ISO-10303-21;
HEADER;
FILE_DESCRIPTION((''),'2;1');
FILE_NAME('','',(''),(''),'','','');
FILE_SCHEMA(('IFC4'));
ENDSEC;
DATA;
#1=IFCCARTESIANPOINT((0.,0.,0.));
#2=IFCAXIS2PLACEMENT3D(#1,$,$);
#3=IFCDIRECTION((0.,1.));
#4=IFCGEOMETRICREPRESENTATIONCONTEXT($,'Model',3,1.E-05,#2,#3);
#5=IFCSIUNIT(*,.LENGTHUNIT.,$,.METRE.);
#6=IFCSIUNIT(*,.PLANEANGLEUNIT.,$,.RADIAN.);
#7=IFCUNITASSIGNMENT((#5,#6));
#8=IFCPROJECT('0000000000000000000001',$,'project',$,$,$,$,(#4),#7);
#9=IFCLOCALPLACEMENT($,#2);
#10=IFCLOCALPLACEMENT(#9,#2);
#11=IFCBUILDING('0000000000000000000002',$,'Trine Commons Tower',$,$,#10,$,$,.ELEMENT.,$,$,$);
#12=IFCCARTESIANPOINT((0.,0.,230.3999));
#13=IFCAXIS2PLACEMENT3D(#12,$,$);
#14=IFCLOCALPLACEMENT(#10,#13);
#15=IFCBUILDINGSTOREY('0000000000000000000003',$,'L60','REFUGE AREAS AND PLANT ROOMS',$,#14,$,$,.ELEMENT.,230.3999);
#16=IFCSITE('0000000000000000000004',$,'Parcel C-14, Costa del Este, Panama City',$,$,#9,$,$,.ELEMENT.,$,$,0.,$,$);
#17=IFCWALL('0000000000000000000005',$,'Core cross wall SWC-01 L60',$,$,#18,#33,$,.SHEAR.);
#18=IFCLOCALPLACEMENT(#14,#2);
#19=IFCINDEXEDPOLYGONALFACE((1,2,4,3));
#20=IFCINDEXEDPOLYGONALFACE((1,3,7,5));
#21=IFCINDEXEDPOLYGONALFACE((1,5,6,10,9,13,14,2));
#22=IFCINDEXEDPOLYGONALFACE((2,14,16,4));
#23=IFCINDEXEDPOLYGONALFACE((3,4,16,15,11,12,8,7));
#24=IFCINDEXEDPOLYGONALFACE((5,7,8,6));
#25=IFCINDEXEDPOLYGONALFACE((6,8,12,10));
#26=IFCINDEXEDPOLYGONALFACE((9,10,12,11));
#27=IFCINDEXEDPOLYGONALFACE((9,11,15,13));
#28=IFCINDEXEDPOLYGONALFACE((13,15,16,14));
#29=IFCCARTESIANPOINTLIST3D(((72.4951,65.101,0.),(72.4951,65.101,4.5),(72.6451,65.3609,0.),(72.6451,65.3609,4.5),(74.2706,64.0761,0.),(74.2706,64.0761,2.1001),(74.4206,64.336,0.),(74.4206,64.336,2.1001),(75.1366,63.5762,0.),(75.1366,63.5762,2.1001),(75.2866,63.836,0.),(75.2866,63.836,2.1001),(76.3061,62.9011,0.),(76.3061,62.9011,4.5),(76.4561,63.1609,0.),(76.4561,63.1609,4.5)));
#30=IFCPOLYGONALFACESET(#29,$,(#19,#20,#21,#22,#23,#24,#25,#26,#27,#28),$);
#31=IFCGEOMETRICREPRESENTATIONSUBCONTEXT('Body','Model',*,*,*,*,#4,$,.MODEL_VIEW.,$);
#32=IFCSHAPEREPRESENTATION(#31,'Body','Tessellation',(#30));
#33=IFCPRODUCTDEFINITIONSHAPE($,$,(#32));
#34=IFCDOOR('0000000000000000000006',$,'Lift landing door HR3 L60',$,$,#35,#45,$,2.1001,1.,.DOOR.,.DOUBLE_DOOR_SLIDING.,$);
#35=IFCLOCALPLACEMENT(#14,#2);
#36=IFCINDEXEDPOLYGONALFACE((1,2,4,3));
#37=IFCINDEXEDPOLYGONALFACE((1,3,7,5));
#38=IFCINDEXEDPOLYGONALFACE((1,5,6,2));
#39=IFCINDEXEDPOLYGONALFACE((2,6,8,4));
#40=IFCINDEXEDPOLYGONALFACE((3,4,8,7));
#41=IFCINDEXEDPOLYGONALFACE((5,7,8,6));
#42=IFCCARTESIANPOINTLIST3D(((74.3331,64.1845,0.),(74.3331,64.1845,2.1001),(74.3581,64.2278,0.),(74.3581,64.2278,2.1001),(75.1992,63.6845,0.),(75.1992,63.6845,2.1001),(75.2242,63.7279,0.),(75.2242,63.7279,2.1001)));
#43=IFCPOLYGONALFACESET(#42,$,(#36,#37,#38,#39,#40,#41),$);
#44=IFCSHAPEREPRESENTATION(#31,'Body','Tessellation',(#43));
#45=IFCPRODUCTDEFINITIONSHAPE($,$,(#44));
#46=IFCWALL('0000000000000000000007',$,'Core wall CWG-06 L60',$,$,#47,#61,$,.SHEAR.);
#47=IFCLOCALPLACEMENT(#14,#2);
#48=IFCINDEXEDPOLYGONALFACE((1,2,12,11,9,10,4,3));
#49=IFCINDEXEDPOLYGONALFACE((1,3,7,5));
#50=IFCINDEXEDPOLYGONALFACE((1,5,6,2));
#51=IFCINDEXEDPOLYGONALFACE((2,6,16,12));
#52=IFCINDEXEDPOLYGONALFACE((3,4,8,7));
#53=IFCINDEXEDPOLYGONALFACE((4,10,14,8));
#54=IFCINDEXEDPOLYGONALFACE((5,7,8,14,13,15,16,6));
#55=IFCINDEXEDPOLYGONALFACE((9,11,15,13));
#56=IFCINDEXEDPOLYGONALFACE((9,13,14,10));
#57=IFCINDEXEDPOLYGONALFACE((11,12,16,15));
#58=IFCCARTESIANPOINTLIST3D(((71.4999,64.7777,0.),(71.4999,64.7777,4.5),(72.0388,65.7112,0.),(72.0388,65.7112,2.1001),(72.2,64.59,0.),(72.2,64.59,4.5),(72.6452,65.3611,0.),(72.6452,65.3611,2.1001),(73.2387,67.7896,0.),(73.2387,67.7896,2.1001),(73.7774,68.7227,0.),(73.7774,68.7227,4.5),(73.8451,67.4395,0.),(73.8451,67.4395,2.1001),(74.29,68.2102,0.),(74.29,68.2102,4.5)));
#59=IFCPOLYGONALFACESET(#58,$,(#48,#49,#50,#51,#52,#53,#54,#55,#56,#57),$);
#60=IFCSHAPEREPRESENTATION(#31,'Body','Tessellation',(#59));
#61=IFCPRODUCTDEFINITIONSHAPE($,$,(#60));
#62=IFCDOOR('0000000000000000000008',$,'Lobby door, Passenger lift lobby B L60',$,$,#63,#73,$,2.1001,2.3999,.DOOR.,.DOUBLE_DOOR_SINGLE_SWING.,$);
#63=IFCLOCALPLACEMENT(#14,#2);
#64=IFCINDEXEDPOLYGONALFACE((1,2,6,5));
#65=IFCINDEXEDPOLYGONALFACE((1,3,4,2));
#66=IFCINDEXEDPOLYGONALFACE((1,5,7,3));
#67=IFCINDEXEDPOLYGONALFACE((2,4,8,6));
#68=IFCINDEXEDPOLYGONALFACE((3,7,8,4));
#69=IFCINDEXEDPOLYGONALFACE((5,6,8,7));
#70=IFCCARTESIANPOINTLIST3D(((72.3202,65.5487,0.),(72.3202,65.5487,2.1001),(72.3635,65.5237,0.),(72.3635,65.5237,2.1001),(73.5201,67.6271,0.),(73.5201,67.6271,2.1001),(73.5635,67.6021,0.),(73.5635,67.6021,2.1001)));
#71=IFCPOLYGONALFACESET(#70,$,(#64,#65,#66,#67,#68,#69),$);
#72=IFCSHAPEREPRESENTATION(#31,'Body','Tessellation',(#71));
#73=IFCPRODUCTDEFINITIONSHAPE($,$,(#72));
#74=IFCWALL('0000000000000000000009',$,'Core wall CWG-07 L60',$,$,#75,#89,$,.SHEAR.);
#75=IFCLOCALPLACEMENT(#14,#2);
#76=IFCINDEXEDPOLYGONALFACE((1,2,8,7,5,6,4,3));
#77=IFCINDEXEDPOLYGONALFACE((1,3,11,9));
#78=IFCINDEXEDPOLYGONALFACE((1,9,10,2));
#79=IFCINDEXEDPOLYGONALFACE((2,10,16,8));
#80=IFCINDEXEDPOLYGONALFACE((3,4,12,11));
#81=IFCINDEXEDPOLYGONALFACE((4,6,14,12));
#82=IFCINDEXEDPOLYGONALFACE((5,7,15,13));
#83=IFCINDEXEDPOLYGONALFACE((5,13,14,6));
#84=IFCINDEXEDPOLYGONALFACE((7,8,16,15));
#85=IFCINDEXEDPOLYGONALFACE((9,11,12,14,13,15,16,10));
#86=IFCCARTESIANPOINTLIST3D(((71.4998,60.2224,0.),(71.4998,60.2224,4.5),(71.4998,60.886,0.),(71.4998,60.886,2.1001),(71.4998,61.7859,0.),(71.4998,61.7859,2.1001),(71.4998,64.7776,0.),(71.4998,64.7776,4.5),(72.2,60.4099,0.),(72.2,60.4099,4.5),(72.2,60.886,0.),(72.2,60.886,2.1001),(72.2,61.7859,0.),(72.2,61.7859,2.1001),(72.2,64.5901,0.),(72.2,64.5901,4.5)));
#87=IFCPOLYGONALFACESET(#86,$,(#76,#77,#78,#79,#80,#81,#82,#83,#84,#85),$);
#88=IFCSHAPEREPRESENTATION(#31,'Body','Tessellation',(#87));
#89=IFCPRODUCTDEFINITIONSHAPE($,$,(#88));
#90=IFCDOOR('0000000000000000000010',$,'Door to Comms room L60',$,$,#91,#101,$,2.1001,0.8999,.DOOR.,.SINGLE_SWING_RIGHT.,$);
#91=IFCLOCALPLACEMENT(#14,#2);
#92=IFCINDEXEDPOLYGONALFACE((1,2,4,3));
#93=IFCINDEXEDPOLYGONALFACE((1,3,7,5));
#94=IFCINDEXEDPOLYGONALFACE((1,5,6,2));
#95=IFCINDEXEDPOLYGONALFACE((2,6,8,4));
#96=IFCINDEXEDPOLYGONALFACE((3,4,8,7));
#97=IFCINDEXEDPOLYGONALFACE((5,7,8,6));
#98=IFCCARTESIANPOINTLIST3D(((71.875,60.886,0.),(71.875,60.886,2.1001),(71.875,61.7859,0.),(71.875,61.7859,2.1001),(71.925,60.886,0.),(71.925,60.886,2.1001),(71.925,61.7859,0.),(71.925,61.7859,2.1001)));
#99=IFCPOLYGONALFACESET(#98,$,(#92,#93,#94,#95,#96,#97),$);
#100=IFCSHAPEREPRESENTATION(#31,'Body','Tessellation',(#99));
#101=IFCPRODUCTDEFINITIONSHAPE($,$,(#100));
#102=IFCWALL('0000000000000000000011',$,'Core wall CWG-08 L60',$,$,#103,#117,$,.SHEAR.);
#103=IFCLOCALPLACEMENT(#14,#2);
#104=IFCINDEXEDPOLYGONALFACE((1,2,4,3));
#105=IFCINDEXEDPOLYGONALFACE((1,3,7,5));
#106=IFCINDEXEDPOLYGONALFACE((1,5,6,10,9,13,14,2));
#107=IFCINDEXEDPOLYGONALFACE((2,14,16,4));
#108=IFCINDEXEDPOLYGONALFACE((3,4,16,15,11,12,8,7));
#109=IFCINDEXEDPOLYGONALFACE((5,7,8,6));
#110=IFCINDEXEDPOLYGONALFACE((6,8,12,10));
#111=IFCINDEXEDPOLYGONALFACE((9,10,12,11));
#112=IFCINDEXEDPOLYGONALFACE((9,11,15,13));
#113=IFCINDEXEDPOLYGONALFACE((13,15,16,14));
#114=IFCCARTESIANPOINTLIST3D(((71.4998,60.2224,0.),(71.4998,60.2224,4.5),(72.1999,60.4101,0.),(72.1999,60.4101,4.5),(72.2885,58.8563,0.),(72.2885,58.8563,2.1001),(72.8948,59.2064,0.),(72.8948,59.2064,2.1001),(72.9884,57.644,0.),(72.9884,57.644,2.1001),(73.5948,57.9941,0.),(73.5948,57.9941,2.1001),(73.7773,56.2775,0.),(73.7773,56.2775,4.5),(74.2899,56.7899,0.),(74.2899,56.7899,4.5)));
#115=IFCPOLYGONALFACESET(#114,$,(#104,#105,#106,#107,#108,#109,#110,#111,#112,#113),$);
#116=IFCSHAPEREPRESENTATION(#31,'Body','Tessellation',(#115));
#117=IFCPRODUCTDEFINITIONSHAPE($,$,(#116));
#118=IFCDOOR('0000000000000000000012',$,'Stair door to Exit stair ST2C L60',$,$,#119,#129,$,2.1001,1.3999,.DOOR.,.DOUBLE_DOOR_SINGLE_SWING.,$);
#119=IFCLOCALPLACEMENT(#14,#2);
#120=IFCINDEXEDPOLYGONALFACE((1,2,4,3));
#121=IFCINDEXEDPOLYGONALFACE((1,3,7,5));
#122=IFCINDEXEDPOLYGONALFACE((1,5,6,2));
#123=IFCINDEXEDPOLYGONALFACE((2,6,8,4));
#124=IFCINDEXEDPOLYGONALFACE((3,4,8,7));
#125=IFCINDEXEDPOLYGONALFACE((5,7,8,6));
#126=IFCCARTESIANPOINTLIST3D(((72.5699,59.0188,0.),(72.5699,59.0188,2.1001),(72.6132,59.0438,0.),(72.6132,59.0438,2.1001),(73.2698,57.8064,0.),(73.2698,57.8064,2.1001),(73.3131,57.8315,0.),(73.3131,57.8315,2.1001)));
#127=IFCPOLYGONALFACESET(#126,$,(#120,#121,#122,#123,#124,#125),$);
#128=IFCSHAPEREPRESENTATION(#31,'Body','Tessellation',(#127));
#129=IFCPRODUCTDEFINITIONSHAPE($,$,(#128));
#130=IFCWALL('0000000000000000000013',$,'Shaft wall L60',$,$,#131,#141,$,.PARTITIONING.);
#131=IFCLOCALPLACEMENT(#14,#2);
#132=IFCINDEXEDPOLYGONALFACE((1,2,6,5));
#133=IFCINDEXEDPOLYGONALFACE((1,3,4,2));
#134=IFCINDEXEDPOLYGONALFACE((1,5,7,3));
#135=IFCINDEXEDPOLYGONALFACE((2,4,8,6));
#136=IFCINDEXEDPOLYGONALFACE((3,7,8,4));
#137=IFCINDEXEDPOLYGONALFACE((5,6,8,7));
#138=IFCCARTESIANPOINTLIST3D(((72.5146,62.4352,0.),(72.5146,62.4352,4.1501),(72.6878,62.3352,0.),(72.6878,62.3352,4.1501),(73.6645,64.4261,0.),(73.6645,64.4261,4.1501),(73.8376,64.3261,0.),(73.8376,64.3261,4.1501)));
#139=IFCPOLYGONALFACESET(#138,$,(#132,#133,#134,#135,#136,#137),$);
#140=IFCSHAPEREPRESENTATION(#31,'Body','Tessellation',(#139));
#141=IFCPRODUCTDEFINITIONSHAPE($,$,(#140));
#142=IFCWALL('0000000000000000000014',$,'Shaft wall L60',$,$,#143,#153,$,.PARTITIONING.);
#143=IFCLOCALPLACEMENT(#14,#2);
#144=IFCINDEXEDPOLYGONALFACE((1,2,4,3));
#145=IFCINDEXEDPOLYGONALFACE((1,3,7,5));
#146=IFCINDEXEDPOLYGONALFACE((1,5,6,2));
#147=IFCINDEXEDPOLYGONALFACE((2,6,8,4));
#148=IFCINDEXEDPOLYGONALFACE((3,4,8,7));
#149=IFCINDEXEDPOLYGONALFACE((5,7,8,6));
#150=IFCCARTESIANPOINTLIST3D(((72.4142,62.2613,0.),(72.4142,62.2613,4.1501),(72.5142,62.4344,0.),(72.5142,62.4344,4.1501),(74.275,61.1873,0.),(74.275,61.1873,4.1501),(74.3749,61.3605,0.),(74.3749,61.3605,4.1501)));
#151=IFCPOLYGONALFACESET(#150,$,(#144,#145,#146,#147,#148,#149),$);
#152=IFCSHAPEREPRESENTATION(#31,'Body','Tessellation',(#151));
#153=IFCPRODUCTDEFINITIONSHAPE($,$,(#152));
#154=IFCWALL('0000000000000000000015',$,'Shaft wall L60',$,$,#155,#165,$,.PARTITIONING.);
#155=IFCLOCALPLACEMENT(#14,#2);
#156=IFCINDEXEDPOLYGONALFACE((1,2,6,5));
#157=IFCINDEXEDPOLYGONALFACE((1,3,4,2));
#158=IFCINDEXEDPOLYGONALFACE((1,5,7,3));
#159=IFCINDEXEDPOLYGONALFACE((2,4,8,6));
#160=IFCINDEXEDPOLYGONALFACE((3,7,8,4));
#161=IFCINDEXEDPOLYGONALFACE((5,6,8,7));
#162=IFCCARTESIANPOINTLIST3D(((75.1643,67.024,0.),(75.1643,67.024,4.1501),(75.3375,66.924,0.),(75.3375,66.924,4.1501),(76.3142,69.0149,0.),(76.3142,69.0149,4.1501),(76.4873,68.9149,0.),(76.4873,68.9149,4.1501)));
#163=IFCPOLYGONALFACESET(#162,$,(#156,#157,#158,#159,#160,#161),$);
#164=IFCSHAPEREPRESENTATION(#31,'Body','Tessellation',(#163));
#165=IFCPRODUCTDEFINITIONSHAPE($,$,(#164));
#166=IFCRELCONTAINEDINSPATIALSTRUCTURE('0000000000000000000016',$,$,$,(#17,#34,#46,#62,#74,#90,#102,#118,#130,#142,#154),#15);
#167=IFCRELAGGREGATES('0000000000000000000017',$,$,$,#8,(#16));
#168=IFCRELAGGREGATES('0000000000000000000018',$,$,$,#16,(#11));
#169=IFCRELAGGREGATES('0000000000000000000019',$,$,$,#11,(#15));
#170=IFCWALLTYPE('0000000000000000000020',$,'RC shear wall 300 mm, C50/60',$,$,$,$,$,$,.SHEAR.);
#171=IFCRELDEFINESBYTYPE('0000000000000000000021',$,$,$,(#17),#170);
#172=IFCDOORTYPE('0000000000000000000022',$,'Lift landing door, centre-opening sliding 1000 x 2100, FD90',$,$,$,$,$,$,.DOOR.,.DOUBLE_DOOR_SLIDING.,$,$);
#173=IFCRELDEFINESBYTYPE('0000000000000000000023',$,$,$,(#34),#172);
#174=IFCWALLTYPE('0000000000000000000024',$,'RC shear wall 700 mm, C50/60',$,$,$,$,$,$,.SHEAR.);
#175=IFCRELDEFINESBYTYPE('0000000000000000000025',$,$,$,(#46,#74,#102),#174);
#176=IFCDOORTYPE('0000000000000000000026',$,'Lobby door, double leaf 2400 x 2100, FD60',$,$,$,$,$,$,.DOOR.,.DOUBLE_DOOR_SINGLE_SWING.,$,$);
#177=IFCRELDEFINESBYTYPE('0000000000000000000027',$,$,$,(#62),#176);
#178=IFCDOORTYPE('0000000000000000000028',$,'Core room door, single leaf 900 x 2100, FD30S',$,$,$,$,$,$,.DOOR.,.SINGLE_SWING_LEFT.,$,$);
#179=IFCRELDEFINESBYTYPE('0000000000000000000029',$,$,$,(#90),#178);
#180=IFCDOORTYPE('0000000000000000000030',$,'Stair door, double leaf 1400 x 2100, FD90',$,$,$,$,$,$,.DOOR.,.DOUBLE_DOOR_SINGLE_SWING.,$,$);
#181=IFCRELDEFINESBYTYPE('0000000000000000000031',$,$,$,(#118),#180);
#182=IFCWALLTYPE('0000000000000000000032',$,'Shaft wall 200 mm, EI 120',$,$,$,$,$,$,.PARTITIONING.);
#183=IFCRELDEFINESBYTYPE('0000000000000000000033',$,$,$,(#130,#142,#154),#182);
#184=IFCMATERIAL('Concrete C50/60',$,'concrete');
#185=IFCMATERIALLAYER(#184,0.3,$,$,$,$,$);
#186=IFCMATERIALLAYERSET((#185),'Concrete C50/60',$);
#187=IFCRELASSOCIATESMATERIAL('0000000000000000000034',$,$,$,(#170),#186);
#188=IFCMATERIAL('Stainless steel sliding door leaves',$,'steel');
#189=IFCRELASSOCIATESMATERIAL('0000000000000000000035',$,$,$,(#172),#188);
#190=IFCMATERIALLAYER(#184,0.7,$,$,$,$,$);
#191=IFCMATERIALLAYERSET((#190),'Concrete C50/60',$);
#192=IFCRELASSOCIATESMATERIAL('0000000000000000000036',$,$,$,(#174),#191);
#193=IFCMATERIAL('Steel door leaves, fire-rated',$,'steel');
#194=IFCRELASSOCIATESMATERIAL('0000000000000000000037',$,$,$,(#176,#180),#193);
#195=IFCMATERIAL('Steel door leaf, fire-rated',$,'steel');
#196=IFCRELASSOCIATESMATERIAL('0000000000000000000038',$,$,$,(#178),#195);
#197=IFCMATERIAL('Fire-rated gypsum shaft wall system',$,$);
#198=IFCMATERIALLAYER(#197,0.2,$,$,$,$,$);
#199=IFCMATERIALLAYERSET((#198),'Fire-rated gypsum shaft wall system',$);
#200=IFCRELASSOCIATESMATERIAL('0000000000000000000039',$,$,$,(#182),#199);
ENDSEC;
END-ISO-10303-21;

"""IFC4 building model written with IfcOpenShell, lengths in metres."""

from ifc_helpers import new_model, si_unit, direction, frame, frame_2d, origin, place, context, subcontext, project, spatial, polyline, rectangle, outline, extrude, material, layer, layer_set, type_object, element, fill, save


model = new_model("IFC4")

# Units and contexts
model_context = context("Model", 3, precision=1e-05, world=origin(), true_north=direction((0.0, 1.0)))
body_context = subcontext(model_context, "Body", "Model", "MODEL_VIEW")
ifc_project = project(units=[si_unit("LENGTHUNIT", "METRE"), si_unit("PLANEANGLEUNIT", "RADIAN")], contexts=[model_context])

# Site, building, storey
site_placement = place(None, origin())
site = spatial("IfcSite", under=ifc_project, at=site_placement, Name="Parcel C-14, Costa del Este, Panama City", CompositionType="ELEMENT", RefElevation=0.0)
building_placement = place(site_placement, origin())
building = spatial("IfcBuilding", under=site, at=building_placement, Name="Trine Commons Tower", CompositionType="ELEMENT")
storey_placement = place(building_placement, frame((0.0, 0.0, 230.3999)))
storey = spatial("IfcBuildingStorey", under=building, at=storey_placement, Name="L60", Description="REFUGE AREAS AND PLANT ROOMS", CompositionType="ELEMENT", Elevation=230.3999)

# Shared definitions
ifc_material_1 = material(Name="Fire-rated gypsum shaft wall system")
ifc_material_2 = material(Name="Steel door leaf, fire-rated", Category="steel")

# Walls, openings, doors
ifc_material_3 = material(Name="Concrete C50/60", Category="concrete")
ifc_layer_1 = layer(ifc_material_3, 0.3)
ifc_layer_set_1 = layer_set([ifc_layer_1], Name="Concrete C50/60")
wall_type_1 = type_object("IfcWallType", Name="RC shear wall 300 mm, C50/60", PredefinedType="SHEAR", material=ifc_layer_set_1)
wall_1_placement = place(storey_placement, frame((76.3811, 63.031, 0.0), z_axis=(0.0, 0.0, 1.0), x_axis=(-0.86606, 0.49994, 0.0)))
wall_1 = element("IfcWall", 1, at=wall_1_placement, inside=storey, type_object=wall_type_1, Name="Core cross wall SWC-01 L60", PredefinedType="SHEAR", context=body_context, shape_type="SweptSolid", body=[
    extrude(rectangle(XDim=4.4004, YDim=0.3, at=frame_2d((2.2002, 0.0))), origin(), (0.0, 0.0, 1.0), 4.5),
])
opening_1_placement = place(wall_1_placement, frame((1.3503, 0.0, 0.0)))
opening_1 = element("IfcOpeningElement", 2, at=opening_1_placement, cuts=wall_1, PredefinedType="OPENING", context=body_context, shape_type="SweptSolid", body=[
    extrude(rectangle(XDim=1.0, YDim=2.1001, at=frame_2d((0.5, 1.05))), frame((0.0, 0.1599, 0.0), z_axis=(0.0, -1.0, 0.0), x_axis=(1.0, 0.0, 0.0)), (0.0, 0.0, 1.0), 0.3201),
])
ifc_material_4 = material(Name="Stainless steel sliding door leaves", Category="steel")
door_type_1 = type_object("IfcDoorType", Name="Lift landing door, centre-opening sliding 1000 x 2100, FD90", OperationType="DOUBLE_DOOR_SLIDING", PredefinedType="DOOR", material=ifc_material_4)
door_1_placement = place(opening_1_placement, origin())
door_1 = element("IfcDoor", 3, at=door_1_placement, inside=storey, type_object=door_type_1, Name="Lift landing door HR3 L60", OperationType="DOUBLE_DOOR_SLIDING", OverallHeight=2.1001, OverallWidth=1.0, PredefinedType="DOOR", context=body_context, shape_type="SweptSolid", body=[
    extrude(rectangle(XDim=1.0, YDim=2.1001, at=frame_2d((0.5, 1.05))), frame((0.0, 0.0249, 0.0), z_axis=(0.0, -1.0, 0.0), x_axis=(1.0, 0.0, 0.0)), (0.0, 0.0, 1.0), 0.05),
])
fill(opening_1, door_1)
ifc_layer_2 = layer(ifc_material_3, 0.7)
ifc_layer_set_2 = layer_set([ifc_layer_2], Name="Concrete C50/60")
wall_type_2 = type_object("IfcWallType", Name="RC shear wall 700 mm, C50/60", PredefinedType="SHEAR", material=ifc_layer_set_2)
wall_2_placement = place(storey_placement, frame((74.0806, 68.5476, 0.0), z_axis=(0.0, 0.0, 1.0), x_axis=(-0.499984, -0.866035, 0.0)))
wall_2 = element("IfcWall", 4, at=wall_2_placement, inside=storey, type_object=wall_type_2, Name="Core wall CWG-06 L60", PredefinedType="SHEAR", context=body_context, shape_type="SweptSolid", body=[
    extrude(outline(polyline([(0.0, -0.3501), (4.5552, -0.3501), (4.3677, 0.3501), (0.1875, 0.3501), (0.0, -0.3501)])), origin(), (0.0, 0.0, 1.0), 4.5),
])
opening_2_placement = place(wall_2_placement, frame((1.0774, 0.0, 0.0)))
opening_2 = element("IfcOpeningElement", 5, at=opening_2_placement, cuts=wall_2, PredefinedType="OPENING", context=body_context, shape_type="SweptSolid", body=[
    extrude(rectangle(XDim=2.3999, YDim=2.1001, at=frame_2d((1.2, 1.05))), frame((0.0, 0.3599, 0.0), z_axis=(0.0, -1.0, 0.0), x_axis=(1.0, 0.0, 0.0)), (0.0, 0.0, 1.0), 0.72),
])
ifc_material_5 = material(Name="Steel door leaves, fire-rated", Category="steel")
door_type_2 = type_object("IfcDoorType", Name="Lobby door, double leaf 2400 x 2100, FD60", OperationType="DOUBLE_DOOR_SINGLE_SWING", PredefinedType="DOOR", material=ifc_material_5)
door_2_placement = place(opening_2_placement, origin())
door_2 = element("IfcDoor", 6, at=door_2_placement, inside=storey, type_object=door_type_2, Name="Lobby door, Passenger lift lobby B L60", OperationType="DOUBLE_DOOR_SINGLE_SWING", OverallHeight=2.1001, OverallWidth=2.3999, PredefinedType="DOOR", context=body_context, shape_type="SweptSolid", body=[
    extrude(rectangle(XDim=2.3999, YDim=2.1001, at=frame_2d((1.2, 1.05))), frame((0.0, 0.0249, 0.0), z_axis=(0.0, -1.0, 0.0), x_axis=(1.0, 0.0, 0.0)), (0.0, 0.0, 1.0), 0.05),
])
fill(opening_2, door_2)
wall_3_placement = place(storey_placement, frame((71.8499, 64.7776, 0.0), z_axis=(0.0, 0.0, 1.0), x_axis=(0.0, -1.0, 0.0)))
wall_3 = element("IfcWall", 7, at=wall_3_placement, inside=storey, type_object=wall_type_2, Name="Core wall CWG-07 L60", PredefinedType="SHEAR", context=body_context, shape_type="SweptSolid", body=[
    extrude(outline(polyline([(0.0, -0.3501), (4.5552, -0.3501), (4.3677, 0.3501), (0.1875, 0.3501), (0.0, -0.3501)])), origin(), (0.0, 0.0, 1.0), 4.5),
])
opening_3_placement = place(wall_3_placement, frame((2.9917, 0.0, 0.0)))
opening_3 = element("IfcOpeningElement", 8, at=opening_3_placement, cuts=wall_3, PredefinedType="OPENING", context=body_context, shape_type="SweptSolid", body=[
    extrude(rectangle(XDim=0.8999, YDim=2.1001, at=frame_2d((0.45, 1.05))), frame((0.0, 0.3599, 0.0), z_axis=(0.0, -1.0, 0.0), x_axis=(1.0, 0.0, 0.0)), (0.0, 0.0, 1.0), 0.72),
])
door_type_3 = type_object("IfcDoorType", Name="Core room door, single leaf 900 x 2100, FD30S", OperationType="SINGLE_SWING_LEFT", PredefinedType="DOOR", material=ifc_material_2)
door_3_placement = place(opening_3_placement, origin())
door_3 = element("IfcDoor", 9, at=door_3_placement, inside=storey, type_object=door_type_3, Name="Door to Comms room L60", OperationType="SINGLE_SWING_RIGHT", OverallHeight=2.1001, OverallWidth=0.8999, PredefinedType="DOOR", context=body_context, shape_type="SweptSolid", body=[
    extrude(rectangle(XDim=0.8999, YDim=2.1001, at=frame_2d((0.45, 1.05))), frame((0.0, 0.0752, 0.0), z_axis=(0.0, -1.0, 0.0), x_axis=(1.0, 0.0, 0.0)), (0.0, 0.0, 1.0), 0.05),
])
fill(opening_3, door_3)
wall_4_placement = place(storey_placement, frame((71.803, 60.3975, 0.0), z_axis=(0.0, 0.0, 1.0), x_axis=(0.499984, -0.866035, 0.0)))
wall_4 = element("IfcWall", 10, at=wall_4_placement, inside=storey, type_object=wall_type_2, Name="Core wall CWG-08 L60", PredefinedType="SHEAR", context=body_context, shape_type="SweptSolid", body=[
    extrude(outline(polyline([(0.0, -0.3501), (4.5552, -0.3501), (4.3677, 0.3501), (0.1875, 0.3501), (0.0, -0.3501)])), origin(), (0.0, 0.0, 1.0), 4.5),
])
opening_4_placement = place(wall_4_placement, frame((1.5774, 0.0, 0.0)))
opening_4 = element("IfcOpeningElement", 11, at=opening_4_placement, cuts=wall_4, PredefinedType="OPENING", context=body_context, shape_type="SweptSolid", body=[
    extrude(rectangle(XDim=1.3999, YDim=2.1001, at=frame_2d((0.7, 1.05))), frame((0.0, 0.3599, 0.0), z_axis=(0.0, -1.0, 0.0), x_axis=(1.0, 0.0, 0.0)), (0.0, 0.0, 1.0), 0.72),
])
door_type_4 = type_object("IfcDoorType", Name="Stair door, double leaf 1400 x 2100, FD90", OperationType="DOUBLE_DOOR_SINGLE_SWING", PredefinedType="DOOR", material=ifc_material_5)
door_4_placement = place(opening_4_placement, origin())
door_4 = element("IfcDoor", 12, at=door_4_placement, inside=storey, type_object=door_type_4, Name="Stair door to Exit stair ST2C L60", OperationType="DOUBLE_DOOR_SINGLE_SWING", OverallHeight=2.1001, OverallWidth=1.3999, PredefinedType="DOOR", context=body_context, shape_type="SweptSolid", body=[
    extrude(rectangle(XDim=1.3999, YDim=2.1001, at=frame_2d((0.7, 1.05))), frame((0.0, 0.0249, 0.0), z_axis=(0.0, -1.0, 0.0), x_axis=(1.0, 0.0, 0.0)), (0.0, 0.0, 1.0), 0.05),
])
fill(opening_4, door_4)

# Walls
ifc_layer_3 = layer(ifc_material_1, 0.2)
ifc_layer_set_3 = layer_set([ifc_layer_3], Name="Fire-rated gypsum shaft wall system")
wall_type_3 = type_object("IfcWallType", Name="Shaft wall 200 mm, EI 120", PredefinedType="PARTITIONING", material=ifc_layer_set_3)
wall_5_placement = place(storey_placement, frame((73.751, 64.376, 0.0), z_axis=(0.0, 0.0, 1.0), x_axis=(-0.500136, -0.865947, 0.0)))
element("IfcWall", 13, at=wall_5_placement, inside=storey, type_object=wall_type_3, Name="Shaft wall L60", PredefinedType="PARTITIONING", context=body_context, shape_type="SweptSolid", body=[
    extrude(rectangle(XDim=2.2991, YDim=0.2, at=frame_2d((1.1494, 0.0))), origin(), (0.0, 0.0, 1.0), 4.1501),
])
wall_6_placement = place(storey_placement, frame((74.325, 61.2739, 0.0), z_axis=(0.0, 0.0, 1.0), x_axis=(-0.866102, 0.499867, 0.0)))
element("IfcWall", 14, at=wall_6_placement, inside=storey, type_object=wall_type_3, Name="Shaft wall L60", PredefinedType="PARTITIONING", context=body_context, shape_type="SweptSolid", body=[
    extrude(rectangle(XDim=2.1484, YDim=0.2, at=frame_2d((1.0742, 0.0))), origin(), (0.0, 0.0, 1.0), 4.1501),
])
wall_7_placement = place(storey_placement, frame((75.251, 66.9741, 0.0), z_axis=(0.0, 0.0, 1.0), x_axis=(0.500136, 0.865947, 0.0)))
element("IfcWall", 15, at=wall_7_placement, inside=storey, type_object=wall_type_3, Name="Shaft wall L60", PredefinedType="PARTITIONING", context=body_context, shape_type="SweptSolid", body=[
    extrude(rectangle(XDim=2.2991, YDim=0.2, at=frame_2d((1.1494, 0.0))), origin(), (0.0, 0.0, 1.0), 4.1501),
])

save(model, "model.ifc")
